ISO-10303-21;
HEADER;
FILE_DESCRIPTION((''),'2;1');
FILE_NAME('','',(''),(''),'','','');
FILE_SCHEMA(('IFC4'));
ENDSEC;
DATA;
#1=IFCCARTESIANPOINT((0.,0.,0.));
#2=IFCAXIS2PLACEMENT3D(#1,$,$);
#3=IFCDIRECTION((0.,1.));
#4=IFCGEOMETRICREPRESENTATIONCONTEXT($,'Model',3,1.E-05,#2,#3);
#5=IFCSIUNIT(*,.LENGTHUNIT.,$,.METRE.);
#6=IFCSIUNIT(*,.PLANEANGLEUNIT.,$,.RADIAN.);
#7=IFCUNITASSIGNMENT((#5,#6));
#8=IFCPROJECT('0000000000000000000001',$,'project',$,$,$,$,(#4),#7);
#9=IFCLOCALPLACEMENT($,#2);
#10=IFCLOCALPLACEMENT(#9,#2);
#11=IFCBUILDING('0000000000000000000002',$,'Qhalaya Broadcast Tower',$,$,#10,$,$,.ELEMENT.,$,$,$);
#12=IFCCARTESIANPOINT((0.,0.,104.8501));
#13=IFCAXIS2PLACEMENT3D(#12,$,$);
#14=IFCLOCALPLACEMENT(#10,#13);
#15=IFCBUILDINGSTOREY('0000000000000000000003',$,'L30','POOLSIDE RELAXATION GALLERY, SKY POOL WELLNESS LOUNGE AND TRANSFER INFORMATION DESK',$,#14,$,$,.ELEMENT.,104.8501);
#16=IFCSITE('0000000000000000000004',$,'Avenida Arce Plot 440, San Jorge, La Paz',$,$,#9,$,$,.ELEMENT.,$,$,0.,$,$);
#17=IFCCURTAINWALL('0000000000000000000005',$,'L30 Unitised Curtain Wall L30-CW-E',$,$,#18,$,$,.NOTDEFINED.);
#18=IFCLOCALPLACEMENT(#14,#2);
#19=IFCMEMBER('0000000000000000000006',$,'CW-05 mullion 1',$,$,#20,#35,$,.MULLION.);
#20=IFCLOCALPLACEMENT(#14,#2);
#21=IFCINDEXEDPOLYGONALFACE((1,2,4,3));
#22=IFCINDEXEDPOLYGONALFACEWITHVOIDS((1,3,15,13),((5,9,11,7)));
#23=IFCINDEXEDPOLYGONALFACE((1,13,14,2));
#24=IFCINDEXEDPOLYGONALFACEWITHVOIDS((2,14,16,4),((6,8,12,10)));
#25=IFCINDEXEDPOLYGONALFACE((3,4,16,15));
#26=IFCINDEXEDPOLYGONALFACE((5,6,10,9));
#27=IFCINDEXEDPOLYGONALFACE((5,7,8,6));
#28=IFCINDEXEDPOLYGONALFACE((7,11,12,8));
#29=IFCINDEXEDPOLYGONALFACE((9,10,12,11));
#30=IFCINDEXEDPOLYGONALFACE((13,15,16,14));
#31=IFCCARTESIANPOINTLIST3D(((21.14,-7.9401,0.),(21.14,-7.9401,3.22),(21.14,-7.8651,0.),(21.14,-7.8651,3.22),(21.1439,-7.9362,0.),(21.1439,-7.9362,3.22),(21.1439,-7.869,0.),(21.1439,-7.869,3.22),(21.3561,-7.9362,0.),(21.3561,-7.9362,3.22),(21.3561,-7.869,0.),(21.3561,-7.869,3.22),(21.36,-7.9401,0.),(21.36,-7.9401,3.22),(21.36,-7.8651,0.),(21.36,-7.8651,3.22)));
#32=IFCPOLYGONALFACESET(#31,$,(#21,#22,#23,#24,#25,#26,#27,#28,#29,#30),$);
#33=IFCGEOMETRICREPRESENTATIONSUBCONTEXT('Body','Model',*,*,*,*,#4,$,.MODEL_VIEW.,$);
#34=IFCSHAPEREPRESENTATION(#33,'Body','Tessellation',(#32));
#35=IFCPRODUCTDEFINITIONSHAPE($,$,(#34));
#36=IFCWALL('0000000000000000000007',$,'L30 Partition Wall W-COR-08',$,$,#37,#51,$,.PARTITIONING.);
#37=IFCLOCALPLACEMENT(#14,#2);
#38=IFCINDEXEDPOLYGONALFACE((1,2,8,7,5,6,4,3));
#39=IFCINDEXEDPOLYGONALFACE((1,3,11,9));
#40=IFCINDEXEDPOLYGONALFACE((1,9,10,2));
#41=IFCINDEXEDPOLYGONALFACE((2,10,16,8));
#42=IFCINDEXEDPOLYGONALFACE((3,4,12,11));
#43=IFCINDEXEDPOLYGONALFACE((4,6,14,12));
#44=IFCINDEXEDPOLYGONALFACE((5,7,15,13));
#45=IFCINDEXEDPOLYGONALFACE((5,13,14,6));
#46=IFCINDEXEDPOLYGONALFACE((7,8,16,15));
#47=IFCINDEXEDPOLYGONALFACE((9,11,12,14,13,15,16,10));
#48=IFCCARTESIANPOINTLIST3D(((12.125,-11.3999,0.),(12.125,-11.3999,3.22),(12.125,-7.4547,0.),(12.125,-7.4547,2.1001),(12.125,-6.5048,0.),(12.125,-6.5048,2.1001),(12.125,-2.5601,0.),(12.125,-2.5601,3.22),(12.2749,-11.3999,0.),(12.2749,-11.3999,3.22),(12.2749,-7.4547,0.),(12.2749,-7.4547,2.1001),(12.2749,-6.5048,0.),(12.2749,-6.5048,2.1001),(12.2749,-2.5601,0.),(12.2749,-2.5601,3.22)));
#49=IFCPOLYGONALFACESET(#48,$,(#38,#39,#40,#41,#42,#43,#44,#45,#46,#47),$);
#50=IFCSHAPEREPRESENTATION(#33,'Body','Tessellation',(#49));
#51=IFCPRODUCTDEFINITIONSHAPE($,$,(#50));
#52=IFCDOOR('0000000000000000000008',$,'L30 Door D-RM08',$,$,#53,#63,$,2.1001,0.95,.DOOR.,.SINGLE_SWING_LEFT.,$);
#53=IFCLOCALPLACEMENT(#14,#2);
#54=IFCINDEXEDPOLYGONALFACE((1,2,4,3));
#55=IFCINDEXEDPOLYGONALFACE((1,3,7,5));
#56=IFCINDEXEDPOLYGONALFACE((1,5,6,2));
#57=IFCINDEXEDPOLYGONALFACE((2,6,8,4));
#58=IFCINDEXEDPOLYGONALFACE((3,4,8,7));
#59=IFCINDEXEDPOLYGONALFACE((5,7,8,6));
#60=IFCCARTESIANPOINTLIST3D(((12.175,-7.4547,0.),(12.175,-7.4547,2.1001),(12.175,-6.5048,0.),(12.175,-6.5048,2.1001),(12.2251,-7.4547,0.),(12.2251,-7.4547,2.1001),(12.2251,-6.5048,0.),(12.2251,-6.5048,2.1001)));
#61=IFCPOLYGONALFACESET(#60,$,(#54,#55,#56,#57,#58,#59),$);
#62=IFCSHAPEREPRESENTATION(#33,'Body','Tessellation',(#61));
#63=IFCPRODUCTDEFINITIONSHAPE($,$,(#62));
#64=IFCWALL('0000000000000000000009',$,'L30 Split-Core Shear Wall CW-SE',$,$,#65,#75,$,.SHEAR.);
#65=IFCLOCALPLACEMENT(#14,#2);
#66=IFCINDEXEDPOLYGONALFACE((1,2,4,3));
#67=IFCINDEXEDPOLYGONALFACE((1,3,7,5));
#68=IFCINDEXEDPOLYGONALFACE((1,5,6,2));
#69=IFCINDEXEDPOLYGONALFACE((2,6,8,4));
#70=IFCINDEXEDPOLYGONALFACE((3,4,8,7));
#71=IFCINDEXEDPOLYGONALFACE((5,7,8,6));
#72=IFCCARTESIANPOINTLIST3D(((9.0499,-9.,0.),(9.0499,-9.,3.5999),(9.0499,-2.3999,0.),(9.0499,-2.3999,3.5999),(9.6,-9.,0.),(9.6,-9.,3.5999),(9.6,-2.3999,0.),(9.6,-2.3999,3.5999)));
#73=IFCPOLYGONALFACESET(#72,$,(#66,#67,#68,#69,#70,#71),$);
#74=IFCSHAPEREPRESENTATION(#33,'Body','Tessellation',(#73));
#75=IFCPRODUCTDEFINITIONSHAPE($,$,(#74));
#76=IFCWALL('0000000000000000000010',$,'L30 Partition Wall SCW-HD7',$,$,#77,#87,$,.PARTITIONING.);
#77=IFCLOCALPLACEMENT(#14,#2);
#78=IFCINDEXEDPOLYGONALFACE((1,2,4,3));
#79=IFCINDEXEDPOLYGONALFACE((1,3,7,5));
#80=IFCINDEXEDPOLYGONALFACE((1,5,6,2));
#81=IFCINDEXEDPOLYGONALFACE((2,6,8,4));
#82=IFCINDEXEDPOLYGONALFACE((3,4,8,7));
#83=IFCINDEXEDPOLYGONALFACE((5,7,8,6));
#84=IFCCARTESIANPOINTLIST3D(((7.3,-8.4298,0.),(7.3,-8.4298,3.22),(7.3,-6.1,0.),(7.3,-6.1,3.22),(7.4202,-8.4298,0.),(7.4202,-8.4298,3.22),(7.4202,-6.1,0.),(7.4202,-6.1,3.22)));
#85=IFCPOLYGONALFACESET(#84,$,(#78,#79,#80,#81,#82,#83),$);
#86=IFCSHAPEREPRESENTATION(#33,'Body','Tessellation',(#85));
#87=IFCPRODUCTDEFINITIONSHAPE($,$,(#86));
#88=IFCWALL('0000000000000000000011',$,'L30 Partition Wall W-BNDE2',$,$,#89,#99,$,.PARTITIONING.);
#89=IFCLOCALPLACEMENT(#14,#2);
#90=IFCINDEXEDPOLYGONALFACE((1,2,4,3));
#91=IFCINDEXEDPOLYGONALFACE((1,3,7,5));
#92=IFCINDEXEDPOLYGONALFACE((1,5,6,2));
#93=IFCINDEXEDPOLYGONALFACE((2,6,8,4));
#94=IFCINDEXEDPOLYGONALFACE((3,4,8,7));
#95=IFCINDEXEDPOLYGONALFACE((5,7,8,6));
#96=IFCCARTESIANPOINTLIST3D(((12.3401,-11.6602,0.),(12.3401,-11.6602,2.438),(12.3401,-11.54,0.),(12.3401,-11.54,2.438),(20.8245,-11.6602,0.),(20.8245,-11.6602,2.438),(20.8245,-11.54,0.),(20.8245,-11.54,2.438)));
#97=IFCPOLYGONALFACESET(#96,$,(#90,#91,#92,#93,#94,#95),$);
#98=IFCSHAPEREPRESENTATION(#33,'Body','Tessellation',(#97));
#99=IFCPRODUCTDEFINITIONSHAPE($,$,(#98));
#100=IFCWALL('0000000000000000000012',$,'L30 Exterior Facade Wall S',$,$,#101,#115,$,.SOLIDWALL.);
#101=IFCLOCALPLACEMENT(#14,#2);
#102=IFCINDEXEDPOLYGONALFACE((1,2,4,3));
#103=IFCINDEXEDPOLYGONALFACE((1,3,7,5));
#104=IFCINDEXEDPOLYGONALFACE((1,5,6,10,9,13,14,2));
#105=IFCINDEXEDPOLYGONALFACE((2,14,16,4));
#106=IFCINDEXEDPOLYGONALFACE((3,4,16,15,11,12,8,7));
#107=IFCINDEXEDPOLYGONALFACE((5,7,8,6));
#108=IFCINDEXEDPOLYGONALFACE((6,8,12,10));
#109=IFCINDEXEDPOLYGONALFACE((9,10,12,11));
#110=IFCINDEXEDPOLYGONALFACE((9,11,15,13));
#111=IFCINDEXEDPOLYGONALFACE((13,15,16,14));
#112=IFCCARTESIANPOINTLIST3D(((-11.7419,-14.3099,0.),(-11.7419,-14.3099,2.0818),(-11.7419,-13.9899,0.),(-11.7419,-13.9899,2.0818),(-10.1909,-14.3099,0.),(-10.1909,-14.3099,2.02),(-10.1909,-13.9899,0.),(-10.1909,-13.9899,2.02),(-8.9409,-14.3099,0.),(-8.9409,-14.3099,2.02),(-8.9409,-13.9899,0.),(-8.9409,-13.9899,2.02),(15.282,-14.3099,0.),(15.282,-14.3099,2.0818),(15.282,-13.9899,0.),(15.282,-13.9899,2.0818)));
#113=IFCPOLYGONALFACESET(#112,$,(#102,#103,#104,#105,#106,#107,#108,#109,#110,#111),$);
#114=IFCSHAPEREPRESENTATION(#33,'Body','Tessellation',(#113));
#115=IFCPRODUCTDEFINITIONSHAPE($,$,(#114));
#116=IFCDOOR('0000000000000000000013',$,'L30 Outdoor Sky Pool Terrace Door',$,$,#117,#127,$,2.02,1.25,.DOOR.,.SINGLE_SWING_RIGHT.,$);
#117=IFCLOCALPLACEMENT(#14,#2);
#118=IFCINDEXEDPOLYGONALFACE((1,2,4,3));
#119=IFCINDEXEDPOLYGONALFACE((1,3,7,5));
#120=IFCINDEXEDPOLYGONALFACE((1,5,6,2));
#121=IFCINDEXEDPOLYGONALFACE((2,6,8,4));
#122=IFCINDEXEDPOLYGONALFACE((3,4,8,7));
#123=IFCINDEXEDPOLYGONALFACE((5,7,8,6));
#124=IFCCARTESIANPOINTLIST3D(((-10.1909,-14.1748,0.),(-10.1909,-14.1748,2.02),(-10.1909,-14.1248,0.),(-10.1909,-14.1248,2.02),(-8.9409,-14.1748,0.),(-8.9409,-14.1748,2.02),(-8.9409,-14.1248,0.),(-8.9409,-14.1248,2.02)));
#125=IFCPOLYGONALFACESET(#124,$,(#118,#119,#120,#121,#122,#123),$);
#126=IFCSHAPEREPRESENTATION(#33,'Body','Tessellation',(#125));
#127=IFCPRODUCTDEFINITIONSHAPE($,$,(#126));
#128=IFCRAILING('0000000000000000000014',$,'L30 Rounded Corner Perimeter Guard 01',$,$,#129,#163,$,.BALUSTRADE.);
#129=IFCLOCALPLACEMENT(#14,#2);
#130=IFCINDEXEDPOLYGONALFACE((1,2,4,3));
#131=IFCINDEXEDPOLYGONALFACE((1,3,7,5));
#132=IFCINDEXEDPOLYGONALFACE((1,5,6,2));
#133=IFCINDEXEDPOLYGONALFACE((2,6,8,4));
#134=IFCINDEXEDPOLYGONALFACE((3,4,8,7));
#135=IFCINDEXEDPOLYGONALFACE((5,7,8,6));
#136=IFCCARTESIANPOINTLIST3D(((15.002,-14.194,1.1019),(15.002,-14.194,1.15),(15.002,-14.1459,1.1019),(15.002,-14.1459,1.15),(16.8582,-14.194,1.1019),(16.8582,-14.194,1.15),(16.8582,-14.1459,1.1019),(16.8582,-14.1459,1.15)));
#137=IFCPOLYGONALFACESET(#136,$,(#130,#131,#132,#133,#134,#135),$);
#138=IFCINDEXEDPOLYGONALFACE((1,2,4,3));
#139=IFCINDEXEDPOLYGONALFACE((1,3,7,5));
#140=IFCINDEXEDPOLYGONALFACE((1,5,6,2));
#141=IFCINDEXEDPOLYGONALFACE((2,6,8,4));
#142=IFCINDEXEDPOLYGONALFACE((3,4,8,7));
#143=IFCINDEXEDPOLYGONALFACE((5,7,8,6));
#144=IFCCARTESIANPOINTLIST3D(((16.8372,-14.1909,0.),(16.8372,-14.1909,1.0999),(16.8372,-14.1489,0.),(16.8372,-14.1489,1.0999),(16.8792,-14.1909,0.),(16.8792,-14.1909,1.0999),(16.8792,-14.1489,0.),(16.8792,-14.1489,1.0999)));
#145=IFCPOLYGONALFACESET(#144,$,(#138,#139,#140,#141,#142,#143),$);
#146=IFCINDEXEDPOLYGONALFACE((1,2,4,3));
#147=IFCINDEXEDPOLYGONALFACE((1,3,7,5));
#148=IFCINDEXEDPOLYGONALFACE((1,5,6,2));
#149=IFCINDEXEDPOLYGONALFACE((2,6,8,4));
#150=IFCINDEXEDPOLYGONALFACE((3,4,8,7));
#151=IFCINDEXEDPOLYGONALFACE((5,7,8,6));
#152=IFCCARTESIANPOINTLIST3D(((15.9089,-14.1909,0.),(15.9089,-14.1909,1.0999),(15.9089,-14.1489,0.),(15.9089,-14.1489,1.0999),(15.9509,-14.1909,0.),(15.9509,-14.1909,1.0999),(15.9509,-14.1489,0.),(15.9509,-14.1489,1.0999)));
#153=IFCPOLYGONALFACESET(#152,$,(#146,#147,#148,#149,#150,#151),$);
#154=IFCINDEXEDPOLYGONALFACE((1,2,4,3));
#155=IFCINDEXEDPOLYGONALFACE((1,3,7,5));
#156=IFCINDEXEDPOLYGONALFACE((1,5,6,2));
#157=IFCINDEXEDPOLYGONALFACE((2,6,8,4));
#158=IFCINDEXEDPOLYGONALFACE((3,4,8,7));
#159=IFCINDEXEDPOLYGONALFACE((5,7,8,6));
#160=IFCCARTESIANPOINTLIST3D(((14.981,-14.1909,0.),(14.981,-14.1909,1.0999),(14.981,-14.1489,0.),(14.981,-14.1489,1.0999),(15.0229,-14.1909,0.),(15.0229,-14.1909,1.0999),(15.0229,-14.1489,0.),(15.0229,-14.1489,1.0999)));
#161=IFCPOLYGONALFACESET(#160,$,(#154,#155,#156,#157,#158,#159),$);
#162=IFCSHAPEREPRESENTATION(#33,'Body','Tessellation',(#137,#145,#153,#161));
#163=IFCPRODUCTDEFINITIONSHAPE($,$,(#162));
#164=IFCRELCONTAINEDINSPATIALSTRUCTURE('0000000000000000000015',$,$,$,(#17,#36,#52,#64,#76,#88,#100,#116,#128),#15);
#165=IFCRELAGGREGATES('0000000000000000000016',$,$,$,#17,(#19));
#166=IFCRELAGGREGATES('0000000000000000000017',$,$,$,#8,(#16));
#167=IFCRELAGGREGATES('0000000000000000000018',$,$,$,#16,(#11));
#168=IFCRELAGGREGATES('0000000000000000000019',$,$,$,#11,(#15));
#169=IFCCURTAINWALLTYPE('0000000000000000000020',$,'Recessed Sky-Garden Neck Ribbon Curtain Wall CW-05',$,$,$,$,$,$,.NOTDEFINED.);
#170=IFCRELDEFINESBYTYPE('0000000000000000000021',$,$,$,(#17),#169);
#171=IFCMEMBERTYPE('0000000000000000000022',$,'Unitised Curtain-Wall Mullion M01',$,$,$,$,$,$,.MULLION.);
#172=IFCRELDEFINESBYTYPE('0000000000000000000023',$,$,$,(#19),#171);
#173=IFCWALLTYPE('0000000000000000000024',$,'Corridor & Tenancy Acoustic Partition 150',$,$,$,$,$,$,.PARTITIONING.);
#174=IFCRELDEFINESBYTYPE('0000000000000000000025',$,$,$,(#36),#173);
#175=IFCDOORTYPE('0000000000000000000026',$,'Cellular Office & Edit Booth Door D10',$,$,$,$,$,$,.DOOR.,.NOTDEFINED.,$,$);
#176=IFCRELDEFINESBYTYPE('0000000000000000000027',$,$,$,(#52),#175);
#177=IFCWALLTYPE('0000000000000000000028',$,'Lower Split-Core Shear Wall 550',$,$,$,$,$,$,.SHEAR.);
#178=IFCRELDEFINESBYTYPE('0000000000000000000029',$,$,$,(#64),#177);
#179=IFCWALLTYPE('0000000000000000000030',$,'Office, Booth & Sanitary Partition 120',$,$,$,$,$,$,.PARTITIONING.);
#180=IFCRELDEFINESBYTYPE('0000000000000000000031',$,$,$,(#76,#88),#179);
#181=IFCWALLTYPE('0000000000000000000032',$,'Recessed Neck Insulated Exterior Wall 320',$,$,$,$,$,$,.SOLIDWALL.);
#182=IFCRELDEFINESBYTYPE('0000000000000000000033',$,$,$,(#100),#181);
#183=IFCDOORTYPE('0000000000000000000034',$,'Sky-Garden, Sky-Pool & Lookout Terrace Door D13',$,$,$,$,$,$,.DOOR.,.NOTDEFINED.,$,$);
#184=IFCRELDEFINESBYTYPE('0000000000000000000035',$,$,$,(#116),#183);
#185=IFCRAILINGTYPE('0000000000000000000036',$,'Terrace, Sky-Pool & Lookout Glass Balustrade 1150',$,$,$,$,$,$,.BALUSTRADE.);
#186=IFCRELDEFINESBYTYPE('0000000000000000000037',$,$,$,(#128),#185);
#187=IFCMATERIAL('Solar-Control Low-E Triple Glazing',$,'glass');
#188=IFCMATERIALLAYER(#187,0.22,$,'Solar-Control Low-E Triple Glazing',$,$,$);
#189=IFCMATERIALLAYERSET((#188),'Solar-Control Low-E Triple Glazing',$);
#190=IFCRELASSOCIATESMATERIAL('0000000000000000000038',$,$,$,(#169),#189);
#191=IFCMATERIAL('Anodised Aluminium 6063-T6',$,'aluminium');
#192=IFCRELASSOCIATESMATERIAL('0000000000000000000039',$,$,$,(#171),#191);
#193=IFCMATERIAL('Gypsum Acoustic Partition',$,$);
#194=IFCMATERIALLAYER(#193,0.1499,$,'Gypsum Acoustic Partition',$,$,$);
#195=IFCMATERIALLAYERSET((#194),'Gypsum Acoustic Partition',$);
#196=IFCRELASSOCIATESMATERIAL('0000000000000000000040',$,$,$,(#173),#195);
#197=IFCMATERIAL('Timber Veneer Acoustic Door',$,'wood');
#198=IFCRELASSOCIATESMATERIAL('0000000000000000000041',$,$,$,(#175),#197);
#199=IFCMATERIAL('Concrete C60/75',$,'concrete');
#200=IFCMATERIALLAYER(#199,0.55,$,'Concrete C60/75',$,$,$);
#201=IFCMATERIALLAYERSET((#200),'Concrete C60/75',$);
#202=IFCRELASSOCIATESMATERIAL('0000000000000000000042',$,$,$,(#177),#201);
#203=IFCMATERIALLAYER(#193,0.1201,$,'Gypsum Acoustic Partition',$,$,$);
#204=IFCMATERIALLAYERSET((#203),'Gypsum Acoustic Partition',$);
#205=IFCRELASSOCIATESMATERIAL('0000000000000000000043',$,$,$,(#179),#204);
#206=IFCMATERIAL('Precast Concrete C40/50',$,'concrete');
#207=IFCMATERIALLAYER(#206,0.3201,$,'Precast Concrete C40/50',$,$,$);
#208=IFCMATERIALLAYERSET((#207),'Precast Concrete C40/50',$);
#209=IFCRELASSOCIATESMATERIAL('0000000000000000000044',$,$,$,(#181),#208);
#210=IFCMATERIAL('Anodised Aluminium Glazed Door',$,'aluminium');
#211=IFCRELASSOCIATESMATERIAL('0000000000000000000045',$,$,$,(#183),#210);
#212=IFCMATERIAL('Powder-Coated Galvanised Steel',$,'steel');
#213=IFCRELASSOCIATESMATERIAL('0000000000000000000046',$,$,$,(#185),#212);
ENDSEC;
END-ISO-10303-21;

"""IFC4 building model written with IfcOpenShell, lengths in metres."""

from ifc_helpers import new_model, si_unit, direction, frame, frame_2d, origin, origin_2d, place, context, subcontext, project, spatial, rectangle, hollow_rectangle, extrude, material, layer, layer_set, material_profile, profile_set, type_object, element, fill, aggregate, save


model = new_model("IFC4")

# Units and contexts
model_context = context("Model", 3, precision=1e-05, world=origin(), true_north=direction((0.0, 1.0)))
body_context = subcontext(model_context, "Body", "Model", "MODEL_VIEW")
ifc_project = project(units=[si_unit("LENGTHUNIT", "METRE"), si_unit("PLANEANGLEUNIT", "RADIAN")], contexts=[model_context])

# Site, building, storey
site_placement = place(None, origin())
site = spatial("IfcSite", under=ifc_project, at=site_placement, Name="Avenida Arce Plot 440, San Jorge, La Paz", CompositionType="ELEMENT", RefElevation=0.0)
building_placement = place(site_placement, origin())
building = spatial("IfcBuilding", under=site, at=building_placement, Name="Qhalaya Broadcast Tower", CompositionType="ELEMENT")
storey_placement = place(building_placement, frame((0.0, 0.0, 104.8501)))
storey = spatial("IfcBuildingStorey", under=building, at=storey_placement, Name="L30", Description="POOLSIDE RELAXATION GALLERY, SKY POOL WELLNESS LOUNGE AND TRANSFER INFORMATION DESK", CompositionType="ELEMENT", Elevation=104.8501)

# Curtain wall, member
ifc_material_1 = material(Name="Solar-Control Low-E Triple Glazing", Category="glass")
ifc_layer_1 = layer(ifc_material_1, 0.22, Name="Solar-Control Low-E Triple Glazing")
ifc_layer_set_1 = layer_set([ifc_layer_1], Name="Solar-Control Low-E Triple Glazing")
curtain_wall_type = type_object("IfcCurtainWallType", Name="Recessed Sky-Garden Neck Ribbon Curtain Wall CW-05", PredefinedType="NOTDEFINED", material=ifc_layer_set_1)
curtain_wall_placement = place(storey_placement, origin())
curtain_wall = element("IfcCurtainWall", 1, at=curtain_wall_placement, inside=storey, type_object=curtain_wall_type, Name="L30 Unitised Curtain Wall L30-CW-E", PredefinedType="NOTDEFINED")
ifc_material_2 = material(Name="Anodised Aluminium 6063-T6", Category="aluminium")
ifc_material_profile_1 = material_profile(ifc_material_2, hollow_rectangle(XDim=0.075, YDim=0.22, WallThickness=0.0039, at=origin_2d()), Name="ALU-MUL 75x220x4")
ifc_profile_set_1 = profile_set([ifc_material_profile_1], Name="Anodised Aluminium 6063-T6")
member_type = type_object("IfcMemberType", Name="Unitised Curtain-Wall Mullion M01", PredefinedType="MULLION", material=ifc_profile_set_1)
member_placement = place(storey_placement, frame((21.25, -7.9026, 0.0), z_axis=(0.0, 0.0, 1.0), x_axis=(0.0, 1.0, 0.0)))
member = element("IfcMember", 2, at=member_placement, type_object=member_type, Name="CW-05 mullion 1", PredefinedType="MULLION", context=body_context, shape_type="SweptSolid", body=[
    extrude(hollow_rectangle(XDim=0.075, YDim=0.22, WallThickness=0.0039, at=origin_2d()), origin(), (0.0, 0.0, 1.0), 3.22),
])
aggregate(curtain_wall, [member])

# Wall, opening, door
ifc_material_3 = material(Name="Gypsum Acoustic Partition")
ifc_layer_2 = layer(ifc_material_3, 0.1499, Name="Gypsum Acoustic Partition")
ifc_layer_set_2 = layer_set([ifc_layer_2], Name="Gypsum Acoustic Partition")
wall_type_1 = type_object("IfcWallType", Name="Corridor & Tenancy Acoustic Partition 150", PredefinedType="PARTITIONING", material=ifc_layer_set_2)
wall_1_placement = place(storey_placement, frame((12.2, -11.3999, 0.0), z_axis=(0.0, 0.0, 1.0), x_axis=(0.0, 1.0, 0.0)))
wall_1 = element("IfcWall", 3, at=wall_1_placement, inside=storey, type_object=wall_type_1, Name="L30 Partition Wall W-COR-08", PredefinedType="PARTITIONING", context=body_context, shape_type="SweptSolid", body=[
    extrude(rectangle(XDim=8.8398, YDim=0.1499, at=frame_2d((4.4199, 0.0))), origin(), (0.0, 0.0, 1.0), 3.22),
])
opening_1_placement = place(wall_1_placement, frame((3.9451, 0.0, 0.0)))
opening_1 = element("IfcOpeningElement", 4, at=opening_1_placement, cuts=wall_1, PredefinedType="OPENING", context=body_context, shape_type="SweptSolid", body=[
    extrude(rectangle(XDim=0.95, YDim=2.1001, at=frame_2d((0.4751, 1.05))), frame((0.0, 0.0869, 0.0), z_axis=(0.0, -1.0, 0.0), x_axis=(1.0, 0.0, 0.0)), (0.0, 0.0, 1.0), 0.1738),
])
ifc_material_4 = material(Name="Timber Veneer Acoustic Door", Category="wood")
door_type_1 = type_object("IfcDoorType", Name="Cellular Office & Edit Booth Door D10", OperationType="NOTDEFINED", PredefinedType="DOOR", material=ifc_material_4)
door_1_placement = place(opening_1_placement, origin())
door_1 = element("IfcDoor", 5, at=door_1_placement, inside=storey, type_object=door_type_1, Name="L30 Door D-RM08", OperationType="SINGLE_SWING_LEFT", OverallHeight=2.1001, OverallWidth=0.95, PredefinedType="DOOR", context=body_context, shape_type="SweptSolid", body=[
    extrude(rectangle(XDim=0.95, YDim=2.1001, at=frame_2d((0.4751, 1.05))), frame((0.0, 0.0249, 0.0), z_axis=(0.0, -1.0, 0.0), x_axis=(1.0, 0.0, 0.0)), (0.0, 0.0, 1.0), 0.05),
])
fill(opening_1, door_1)

# Walls
ifc_material_5 = material(Name="Concrete C60/75", Category="concrete")
ifc_layer_3 = layer(ifc_material_5, 0.55, Name="Concrete C60/75")
ifc_layer_set_3 = layer_set([ifc_layer_3], Name="Concrete C60/75")
wall_type_2 = type_object("IfcWallType", Name="Lower Split-Core Shear Wall 550", PredefinedType="SHEAR", material=ifc_layer_set_3)
wall_2_placement = place(storey_placement, frame((9.325, -9.0, 0.0), z_axis=(0.0, 0.0, 1.0), x_axis=(0.0, 1.0, 0.0)))
element("IfcWall", 6, at=wall_2_placement, inside=storey, type_object=wall_type_2, Name="L30 Split-Core Shear Wall CW-SE", PredefinedType="SHEAR", context=body_context, shape_type="SweptSolid", body=[
    extrude(rectangle(XDim=6.6001, YDim=0.55, at=frame_2d((3.3, 0.0))), origin(), (0.0, 0.0, 1.0), 3.5999),
])
ifc_layer_4 = layer(ifc_material_3, 0.1201, Name="Gypsum Acoustic Partition")
ifc_layer_set_4 = layer_set([ifc_layer_4], Name="Gypsum Acoustic Partition")
wall_type_3 = type_object("IfcWallType", Name="Office, Booth & Sanitary Partition 120", PredefinedType="PARTITIONING", material=ifc_layer_set_4)
wall_3_placement = place(storey_placement, frame((7.3601, -8.4299, 0.0), z_axis=(0.0, 0.0, 1.0), x_axis=(0.0, 1.0, 0.0)))
element("IfcWall", 7, at=wall_3_placement, inside=storey, type_object=wall_type_3, Name="L30 Partition Wall SCW-HD7", PredefinedType="PARTITIONING", context=body_context, shape_type="SweptSolid", body=[
    extrude(rectangle(XDim=2.3298, YDim=0.1201, at=frame_2d((1.165, 0.0))), origin(), (0.0, 0.0, 1.0), 3.22),
])
wall_4_placement = place(storey_placement, frame((12.3401, -11.6001, 0.0), z_axis=(0.0, 0.0, 1.0), x_axis=(1.0, 0.0, 0.0)))
element("IfcWall", 8, at=wall_4_placement, inside=storey, type_object=wall_type_3, Name="L30 Partition Wall W-BNDE2", PredefinedType="PARTITIONING", context=body_context, shape_type="SweptSolid", body=[
    extrude(rectangle(XDim=8.4844, YDim=0.1201, at=frame_2d((4.2422, 0.0))), origin(), (0.0, 0.0, 1.0), 2.438),
])

# Wall, opening, door
ifc_material_6 = material(Name="Precast Concrete C40/50", Category="concrete")
ifc_layer_5 = layer(ifc_material_6, 0.3201, Name="Precast Concrete C40/50")
ifc_layer_set_5 = layer_set([ifc_layer_5], Name="Precast Concrete C40/50")
wall_type_4 = type_object("IfcWallType", Name="Recessed Neck Insulated Exterior Wall 320", PredefinedType="SOLIDWALL", material=ifc_layer_set_5)
wall_5_placement = place(storey_placement, frame((15.282, -14.1499, 0.0), z_axis=(0.0, 0.0, 1.0), x_axis=(-1.0, 0.0, 0.0)))
wall_5 = element("IfcWall", 9, at=wall_5_placement, inside=storey, type_object=wall_type_4, Name="L30 Exterior Facade Wall S", PredefinedType="SOLIDWALL", context=body_context, shape_type="SweptSolid", body=[
    extrude(rectangle(XDim=27.0239, YDim=0.3201, at=frame_2d((13.512, 0.0))), origin(), (0.0, 0.0, 1.0), 2.0818),
])
opening_2_placement = place(wall_5_placement, frame((24.2229, 0.0, 0.0)))
opening_2 = element("IfcOpeningElement", 10, at=opening_2_placement, cuts=wall_5, PredefinedType="OPENING", context=body_context, shape_type="SweptSolid", body=[
    extrude(rectangle(XDim=1.25, YDim=2.02, at=frame_2d((0.625, 1.01))), frame((0.0, 0.1721, 0.0), z_axis=(0.0, -1.0, 0.0), x_axis=(1.0, 0.0, 0.0)), (0.0, 0.0, 1.0), 0.344),
])
ifc_material_7 = material(Name="Anodised Aluminium Glazed Door", Category="aluminium")
door_type_2 = type_object("IfcDoorType", Name="Sky-Garden, Sky-Pool & Lookout Terrace Door D13", OperationType="NOTDEFINED", PredefinedType="DOOR", material=ifc_material_7)
door_2_placement = place(opening_2_placement, origin())
door_2 = element("IfcDoor", 11, at=door_2_placement, inside=storey, type_object=door_type_2, Name="L30 Outdoor Sky Pool Terrace Door", OperationType="SINGLE_SWING_RIGHT", OverallHeight=2.02, OverallWidth=1.25, PredefinedType="DOOR", context=body_context, shape_type="SweptSolid", body=[
    extrude(rectangle(XDim=1.25, YDim=2.02, at=frame_2d((0.625, 1.01))), frame((0.0, 0.0249, 0.0), z_axis=(0.0, -1.0, 0.0), x_axis=(1.0, 0.0, 0.0)), (0.0, 0.0, 1.0), 0.05),
])
fill(opening_2, door_2)

# Railing
ifc_material_8 = material(Name="Powder-Coated Galvanised Steel", Category="steel")
railing_type = type_object("IfcRailingType", Name="Terrace, Sky-Pool & Lookout Glass Balustrade 1150", PredefinedType="BALUSTRADE", material=ifc_material_8)
railing_placement = place(storey_placement, frame((16.8582, -14.1699, 0.0)))
element("IfcRailing", 12, at=railing_placement, inside=storey, type_object=railing_type, Name="L30 Rounded Corner Perimeter Guard 01", PredefinedType="BALUSTRADE", context=body_context, shape_type="SweptSolid", body=[
    extrude(rectangle(XDim=0.0481, YDim=0.0481, at=origin_2d()), frame((0.0, 0.0, 1.126), z_axis=(-1.0, 0.0, 0.0), x_axis=(0.0, -1.0, 0.0)), (0.0, 0.0, 1.0), 1.8562),
    extrude(rectangle(XDim=0.042, YDim=0.042, at=origin_2d()), origin(), (0.0, 0.0, 1.0), 1.0999),
    extrude(rectangle(XDim=0.042, YDim=0.042, at=origin_2d()), frame((-0.9282, 0.0, 0.0)), (0.0, 0.0, 1.0), 1.0999),
    extrude(rectangle(XDim=0.042, YDim=0.042, at=origin_2d()), frame((-1.8562, 0.0, 0.0)), (0.0, 0.0, 1.0), 1.0999),
])

save(model, "model.ifc")
